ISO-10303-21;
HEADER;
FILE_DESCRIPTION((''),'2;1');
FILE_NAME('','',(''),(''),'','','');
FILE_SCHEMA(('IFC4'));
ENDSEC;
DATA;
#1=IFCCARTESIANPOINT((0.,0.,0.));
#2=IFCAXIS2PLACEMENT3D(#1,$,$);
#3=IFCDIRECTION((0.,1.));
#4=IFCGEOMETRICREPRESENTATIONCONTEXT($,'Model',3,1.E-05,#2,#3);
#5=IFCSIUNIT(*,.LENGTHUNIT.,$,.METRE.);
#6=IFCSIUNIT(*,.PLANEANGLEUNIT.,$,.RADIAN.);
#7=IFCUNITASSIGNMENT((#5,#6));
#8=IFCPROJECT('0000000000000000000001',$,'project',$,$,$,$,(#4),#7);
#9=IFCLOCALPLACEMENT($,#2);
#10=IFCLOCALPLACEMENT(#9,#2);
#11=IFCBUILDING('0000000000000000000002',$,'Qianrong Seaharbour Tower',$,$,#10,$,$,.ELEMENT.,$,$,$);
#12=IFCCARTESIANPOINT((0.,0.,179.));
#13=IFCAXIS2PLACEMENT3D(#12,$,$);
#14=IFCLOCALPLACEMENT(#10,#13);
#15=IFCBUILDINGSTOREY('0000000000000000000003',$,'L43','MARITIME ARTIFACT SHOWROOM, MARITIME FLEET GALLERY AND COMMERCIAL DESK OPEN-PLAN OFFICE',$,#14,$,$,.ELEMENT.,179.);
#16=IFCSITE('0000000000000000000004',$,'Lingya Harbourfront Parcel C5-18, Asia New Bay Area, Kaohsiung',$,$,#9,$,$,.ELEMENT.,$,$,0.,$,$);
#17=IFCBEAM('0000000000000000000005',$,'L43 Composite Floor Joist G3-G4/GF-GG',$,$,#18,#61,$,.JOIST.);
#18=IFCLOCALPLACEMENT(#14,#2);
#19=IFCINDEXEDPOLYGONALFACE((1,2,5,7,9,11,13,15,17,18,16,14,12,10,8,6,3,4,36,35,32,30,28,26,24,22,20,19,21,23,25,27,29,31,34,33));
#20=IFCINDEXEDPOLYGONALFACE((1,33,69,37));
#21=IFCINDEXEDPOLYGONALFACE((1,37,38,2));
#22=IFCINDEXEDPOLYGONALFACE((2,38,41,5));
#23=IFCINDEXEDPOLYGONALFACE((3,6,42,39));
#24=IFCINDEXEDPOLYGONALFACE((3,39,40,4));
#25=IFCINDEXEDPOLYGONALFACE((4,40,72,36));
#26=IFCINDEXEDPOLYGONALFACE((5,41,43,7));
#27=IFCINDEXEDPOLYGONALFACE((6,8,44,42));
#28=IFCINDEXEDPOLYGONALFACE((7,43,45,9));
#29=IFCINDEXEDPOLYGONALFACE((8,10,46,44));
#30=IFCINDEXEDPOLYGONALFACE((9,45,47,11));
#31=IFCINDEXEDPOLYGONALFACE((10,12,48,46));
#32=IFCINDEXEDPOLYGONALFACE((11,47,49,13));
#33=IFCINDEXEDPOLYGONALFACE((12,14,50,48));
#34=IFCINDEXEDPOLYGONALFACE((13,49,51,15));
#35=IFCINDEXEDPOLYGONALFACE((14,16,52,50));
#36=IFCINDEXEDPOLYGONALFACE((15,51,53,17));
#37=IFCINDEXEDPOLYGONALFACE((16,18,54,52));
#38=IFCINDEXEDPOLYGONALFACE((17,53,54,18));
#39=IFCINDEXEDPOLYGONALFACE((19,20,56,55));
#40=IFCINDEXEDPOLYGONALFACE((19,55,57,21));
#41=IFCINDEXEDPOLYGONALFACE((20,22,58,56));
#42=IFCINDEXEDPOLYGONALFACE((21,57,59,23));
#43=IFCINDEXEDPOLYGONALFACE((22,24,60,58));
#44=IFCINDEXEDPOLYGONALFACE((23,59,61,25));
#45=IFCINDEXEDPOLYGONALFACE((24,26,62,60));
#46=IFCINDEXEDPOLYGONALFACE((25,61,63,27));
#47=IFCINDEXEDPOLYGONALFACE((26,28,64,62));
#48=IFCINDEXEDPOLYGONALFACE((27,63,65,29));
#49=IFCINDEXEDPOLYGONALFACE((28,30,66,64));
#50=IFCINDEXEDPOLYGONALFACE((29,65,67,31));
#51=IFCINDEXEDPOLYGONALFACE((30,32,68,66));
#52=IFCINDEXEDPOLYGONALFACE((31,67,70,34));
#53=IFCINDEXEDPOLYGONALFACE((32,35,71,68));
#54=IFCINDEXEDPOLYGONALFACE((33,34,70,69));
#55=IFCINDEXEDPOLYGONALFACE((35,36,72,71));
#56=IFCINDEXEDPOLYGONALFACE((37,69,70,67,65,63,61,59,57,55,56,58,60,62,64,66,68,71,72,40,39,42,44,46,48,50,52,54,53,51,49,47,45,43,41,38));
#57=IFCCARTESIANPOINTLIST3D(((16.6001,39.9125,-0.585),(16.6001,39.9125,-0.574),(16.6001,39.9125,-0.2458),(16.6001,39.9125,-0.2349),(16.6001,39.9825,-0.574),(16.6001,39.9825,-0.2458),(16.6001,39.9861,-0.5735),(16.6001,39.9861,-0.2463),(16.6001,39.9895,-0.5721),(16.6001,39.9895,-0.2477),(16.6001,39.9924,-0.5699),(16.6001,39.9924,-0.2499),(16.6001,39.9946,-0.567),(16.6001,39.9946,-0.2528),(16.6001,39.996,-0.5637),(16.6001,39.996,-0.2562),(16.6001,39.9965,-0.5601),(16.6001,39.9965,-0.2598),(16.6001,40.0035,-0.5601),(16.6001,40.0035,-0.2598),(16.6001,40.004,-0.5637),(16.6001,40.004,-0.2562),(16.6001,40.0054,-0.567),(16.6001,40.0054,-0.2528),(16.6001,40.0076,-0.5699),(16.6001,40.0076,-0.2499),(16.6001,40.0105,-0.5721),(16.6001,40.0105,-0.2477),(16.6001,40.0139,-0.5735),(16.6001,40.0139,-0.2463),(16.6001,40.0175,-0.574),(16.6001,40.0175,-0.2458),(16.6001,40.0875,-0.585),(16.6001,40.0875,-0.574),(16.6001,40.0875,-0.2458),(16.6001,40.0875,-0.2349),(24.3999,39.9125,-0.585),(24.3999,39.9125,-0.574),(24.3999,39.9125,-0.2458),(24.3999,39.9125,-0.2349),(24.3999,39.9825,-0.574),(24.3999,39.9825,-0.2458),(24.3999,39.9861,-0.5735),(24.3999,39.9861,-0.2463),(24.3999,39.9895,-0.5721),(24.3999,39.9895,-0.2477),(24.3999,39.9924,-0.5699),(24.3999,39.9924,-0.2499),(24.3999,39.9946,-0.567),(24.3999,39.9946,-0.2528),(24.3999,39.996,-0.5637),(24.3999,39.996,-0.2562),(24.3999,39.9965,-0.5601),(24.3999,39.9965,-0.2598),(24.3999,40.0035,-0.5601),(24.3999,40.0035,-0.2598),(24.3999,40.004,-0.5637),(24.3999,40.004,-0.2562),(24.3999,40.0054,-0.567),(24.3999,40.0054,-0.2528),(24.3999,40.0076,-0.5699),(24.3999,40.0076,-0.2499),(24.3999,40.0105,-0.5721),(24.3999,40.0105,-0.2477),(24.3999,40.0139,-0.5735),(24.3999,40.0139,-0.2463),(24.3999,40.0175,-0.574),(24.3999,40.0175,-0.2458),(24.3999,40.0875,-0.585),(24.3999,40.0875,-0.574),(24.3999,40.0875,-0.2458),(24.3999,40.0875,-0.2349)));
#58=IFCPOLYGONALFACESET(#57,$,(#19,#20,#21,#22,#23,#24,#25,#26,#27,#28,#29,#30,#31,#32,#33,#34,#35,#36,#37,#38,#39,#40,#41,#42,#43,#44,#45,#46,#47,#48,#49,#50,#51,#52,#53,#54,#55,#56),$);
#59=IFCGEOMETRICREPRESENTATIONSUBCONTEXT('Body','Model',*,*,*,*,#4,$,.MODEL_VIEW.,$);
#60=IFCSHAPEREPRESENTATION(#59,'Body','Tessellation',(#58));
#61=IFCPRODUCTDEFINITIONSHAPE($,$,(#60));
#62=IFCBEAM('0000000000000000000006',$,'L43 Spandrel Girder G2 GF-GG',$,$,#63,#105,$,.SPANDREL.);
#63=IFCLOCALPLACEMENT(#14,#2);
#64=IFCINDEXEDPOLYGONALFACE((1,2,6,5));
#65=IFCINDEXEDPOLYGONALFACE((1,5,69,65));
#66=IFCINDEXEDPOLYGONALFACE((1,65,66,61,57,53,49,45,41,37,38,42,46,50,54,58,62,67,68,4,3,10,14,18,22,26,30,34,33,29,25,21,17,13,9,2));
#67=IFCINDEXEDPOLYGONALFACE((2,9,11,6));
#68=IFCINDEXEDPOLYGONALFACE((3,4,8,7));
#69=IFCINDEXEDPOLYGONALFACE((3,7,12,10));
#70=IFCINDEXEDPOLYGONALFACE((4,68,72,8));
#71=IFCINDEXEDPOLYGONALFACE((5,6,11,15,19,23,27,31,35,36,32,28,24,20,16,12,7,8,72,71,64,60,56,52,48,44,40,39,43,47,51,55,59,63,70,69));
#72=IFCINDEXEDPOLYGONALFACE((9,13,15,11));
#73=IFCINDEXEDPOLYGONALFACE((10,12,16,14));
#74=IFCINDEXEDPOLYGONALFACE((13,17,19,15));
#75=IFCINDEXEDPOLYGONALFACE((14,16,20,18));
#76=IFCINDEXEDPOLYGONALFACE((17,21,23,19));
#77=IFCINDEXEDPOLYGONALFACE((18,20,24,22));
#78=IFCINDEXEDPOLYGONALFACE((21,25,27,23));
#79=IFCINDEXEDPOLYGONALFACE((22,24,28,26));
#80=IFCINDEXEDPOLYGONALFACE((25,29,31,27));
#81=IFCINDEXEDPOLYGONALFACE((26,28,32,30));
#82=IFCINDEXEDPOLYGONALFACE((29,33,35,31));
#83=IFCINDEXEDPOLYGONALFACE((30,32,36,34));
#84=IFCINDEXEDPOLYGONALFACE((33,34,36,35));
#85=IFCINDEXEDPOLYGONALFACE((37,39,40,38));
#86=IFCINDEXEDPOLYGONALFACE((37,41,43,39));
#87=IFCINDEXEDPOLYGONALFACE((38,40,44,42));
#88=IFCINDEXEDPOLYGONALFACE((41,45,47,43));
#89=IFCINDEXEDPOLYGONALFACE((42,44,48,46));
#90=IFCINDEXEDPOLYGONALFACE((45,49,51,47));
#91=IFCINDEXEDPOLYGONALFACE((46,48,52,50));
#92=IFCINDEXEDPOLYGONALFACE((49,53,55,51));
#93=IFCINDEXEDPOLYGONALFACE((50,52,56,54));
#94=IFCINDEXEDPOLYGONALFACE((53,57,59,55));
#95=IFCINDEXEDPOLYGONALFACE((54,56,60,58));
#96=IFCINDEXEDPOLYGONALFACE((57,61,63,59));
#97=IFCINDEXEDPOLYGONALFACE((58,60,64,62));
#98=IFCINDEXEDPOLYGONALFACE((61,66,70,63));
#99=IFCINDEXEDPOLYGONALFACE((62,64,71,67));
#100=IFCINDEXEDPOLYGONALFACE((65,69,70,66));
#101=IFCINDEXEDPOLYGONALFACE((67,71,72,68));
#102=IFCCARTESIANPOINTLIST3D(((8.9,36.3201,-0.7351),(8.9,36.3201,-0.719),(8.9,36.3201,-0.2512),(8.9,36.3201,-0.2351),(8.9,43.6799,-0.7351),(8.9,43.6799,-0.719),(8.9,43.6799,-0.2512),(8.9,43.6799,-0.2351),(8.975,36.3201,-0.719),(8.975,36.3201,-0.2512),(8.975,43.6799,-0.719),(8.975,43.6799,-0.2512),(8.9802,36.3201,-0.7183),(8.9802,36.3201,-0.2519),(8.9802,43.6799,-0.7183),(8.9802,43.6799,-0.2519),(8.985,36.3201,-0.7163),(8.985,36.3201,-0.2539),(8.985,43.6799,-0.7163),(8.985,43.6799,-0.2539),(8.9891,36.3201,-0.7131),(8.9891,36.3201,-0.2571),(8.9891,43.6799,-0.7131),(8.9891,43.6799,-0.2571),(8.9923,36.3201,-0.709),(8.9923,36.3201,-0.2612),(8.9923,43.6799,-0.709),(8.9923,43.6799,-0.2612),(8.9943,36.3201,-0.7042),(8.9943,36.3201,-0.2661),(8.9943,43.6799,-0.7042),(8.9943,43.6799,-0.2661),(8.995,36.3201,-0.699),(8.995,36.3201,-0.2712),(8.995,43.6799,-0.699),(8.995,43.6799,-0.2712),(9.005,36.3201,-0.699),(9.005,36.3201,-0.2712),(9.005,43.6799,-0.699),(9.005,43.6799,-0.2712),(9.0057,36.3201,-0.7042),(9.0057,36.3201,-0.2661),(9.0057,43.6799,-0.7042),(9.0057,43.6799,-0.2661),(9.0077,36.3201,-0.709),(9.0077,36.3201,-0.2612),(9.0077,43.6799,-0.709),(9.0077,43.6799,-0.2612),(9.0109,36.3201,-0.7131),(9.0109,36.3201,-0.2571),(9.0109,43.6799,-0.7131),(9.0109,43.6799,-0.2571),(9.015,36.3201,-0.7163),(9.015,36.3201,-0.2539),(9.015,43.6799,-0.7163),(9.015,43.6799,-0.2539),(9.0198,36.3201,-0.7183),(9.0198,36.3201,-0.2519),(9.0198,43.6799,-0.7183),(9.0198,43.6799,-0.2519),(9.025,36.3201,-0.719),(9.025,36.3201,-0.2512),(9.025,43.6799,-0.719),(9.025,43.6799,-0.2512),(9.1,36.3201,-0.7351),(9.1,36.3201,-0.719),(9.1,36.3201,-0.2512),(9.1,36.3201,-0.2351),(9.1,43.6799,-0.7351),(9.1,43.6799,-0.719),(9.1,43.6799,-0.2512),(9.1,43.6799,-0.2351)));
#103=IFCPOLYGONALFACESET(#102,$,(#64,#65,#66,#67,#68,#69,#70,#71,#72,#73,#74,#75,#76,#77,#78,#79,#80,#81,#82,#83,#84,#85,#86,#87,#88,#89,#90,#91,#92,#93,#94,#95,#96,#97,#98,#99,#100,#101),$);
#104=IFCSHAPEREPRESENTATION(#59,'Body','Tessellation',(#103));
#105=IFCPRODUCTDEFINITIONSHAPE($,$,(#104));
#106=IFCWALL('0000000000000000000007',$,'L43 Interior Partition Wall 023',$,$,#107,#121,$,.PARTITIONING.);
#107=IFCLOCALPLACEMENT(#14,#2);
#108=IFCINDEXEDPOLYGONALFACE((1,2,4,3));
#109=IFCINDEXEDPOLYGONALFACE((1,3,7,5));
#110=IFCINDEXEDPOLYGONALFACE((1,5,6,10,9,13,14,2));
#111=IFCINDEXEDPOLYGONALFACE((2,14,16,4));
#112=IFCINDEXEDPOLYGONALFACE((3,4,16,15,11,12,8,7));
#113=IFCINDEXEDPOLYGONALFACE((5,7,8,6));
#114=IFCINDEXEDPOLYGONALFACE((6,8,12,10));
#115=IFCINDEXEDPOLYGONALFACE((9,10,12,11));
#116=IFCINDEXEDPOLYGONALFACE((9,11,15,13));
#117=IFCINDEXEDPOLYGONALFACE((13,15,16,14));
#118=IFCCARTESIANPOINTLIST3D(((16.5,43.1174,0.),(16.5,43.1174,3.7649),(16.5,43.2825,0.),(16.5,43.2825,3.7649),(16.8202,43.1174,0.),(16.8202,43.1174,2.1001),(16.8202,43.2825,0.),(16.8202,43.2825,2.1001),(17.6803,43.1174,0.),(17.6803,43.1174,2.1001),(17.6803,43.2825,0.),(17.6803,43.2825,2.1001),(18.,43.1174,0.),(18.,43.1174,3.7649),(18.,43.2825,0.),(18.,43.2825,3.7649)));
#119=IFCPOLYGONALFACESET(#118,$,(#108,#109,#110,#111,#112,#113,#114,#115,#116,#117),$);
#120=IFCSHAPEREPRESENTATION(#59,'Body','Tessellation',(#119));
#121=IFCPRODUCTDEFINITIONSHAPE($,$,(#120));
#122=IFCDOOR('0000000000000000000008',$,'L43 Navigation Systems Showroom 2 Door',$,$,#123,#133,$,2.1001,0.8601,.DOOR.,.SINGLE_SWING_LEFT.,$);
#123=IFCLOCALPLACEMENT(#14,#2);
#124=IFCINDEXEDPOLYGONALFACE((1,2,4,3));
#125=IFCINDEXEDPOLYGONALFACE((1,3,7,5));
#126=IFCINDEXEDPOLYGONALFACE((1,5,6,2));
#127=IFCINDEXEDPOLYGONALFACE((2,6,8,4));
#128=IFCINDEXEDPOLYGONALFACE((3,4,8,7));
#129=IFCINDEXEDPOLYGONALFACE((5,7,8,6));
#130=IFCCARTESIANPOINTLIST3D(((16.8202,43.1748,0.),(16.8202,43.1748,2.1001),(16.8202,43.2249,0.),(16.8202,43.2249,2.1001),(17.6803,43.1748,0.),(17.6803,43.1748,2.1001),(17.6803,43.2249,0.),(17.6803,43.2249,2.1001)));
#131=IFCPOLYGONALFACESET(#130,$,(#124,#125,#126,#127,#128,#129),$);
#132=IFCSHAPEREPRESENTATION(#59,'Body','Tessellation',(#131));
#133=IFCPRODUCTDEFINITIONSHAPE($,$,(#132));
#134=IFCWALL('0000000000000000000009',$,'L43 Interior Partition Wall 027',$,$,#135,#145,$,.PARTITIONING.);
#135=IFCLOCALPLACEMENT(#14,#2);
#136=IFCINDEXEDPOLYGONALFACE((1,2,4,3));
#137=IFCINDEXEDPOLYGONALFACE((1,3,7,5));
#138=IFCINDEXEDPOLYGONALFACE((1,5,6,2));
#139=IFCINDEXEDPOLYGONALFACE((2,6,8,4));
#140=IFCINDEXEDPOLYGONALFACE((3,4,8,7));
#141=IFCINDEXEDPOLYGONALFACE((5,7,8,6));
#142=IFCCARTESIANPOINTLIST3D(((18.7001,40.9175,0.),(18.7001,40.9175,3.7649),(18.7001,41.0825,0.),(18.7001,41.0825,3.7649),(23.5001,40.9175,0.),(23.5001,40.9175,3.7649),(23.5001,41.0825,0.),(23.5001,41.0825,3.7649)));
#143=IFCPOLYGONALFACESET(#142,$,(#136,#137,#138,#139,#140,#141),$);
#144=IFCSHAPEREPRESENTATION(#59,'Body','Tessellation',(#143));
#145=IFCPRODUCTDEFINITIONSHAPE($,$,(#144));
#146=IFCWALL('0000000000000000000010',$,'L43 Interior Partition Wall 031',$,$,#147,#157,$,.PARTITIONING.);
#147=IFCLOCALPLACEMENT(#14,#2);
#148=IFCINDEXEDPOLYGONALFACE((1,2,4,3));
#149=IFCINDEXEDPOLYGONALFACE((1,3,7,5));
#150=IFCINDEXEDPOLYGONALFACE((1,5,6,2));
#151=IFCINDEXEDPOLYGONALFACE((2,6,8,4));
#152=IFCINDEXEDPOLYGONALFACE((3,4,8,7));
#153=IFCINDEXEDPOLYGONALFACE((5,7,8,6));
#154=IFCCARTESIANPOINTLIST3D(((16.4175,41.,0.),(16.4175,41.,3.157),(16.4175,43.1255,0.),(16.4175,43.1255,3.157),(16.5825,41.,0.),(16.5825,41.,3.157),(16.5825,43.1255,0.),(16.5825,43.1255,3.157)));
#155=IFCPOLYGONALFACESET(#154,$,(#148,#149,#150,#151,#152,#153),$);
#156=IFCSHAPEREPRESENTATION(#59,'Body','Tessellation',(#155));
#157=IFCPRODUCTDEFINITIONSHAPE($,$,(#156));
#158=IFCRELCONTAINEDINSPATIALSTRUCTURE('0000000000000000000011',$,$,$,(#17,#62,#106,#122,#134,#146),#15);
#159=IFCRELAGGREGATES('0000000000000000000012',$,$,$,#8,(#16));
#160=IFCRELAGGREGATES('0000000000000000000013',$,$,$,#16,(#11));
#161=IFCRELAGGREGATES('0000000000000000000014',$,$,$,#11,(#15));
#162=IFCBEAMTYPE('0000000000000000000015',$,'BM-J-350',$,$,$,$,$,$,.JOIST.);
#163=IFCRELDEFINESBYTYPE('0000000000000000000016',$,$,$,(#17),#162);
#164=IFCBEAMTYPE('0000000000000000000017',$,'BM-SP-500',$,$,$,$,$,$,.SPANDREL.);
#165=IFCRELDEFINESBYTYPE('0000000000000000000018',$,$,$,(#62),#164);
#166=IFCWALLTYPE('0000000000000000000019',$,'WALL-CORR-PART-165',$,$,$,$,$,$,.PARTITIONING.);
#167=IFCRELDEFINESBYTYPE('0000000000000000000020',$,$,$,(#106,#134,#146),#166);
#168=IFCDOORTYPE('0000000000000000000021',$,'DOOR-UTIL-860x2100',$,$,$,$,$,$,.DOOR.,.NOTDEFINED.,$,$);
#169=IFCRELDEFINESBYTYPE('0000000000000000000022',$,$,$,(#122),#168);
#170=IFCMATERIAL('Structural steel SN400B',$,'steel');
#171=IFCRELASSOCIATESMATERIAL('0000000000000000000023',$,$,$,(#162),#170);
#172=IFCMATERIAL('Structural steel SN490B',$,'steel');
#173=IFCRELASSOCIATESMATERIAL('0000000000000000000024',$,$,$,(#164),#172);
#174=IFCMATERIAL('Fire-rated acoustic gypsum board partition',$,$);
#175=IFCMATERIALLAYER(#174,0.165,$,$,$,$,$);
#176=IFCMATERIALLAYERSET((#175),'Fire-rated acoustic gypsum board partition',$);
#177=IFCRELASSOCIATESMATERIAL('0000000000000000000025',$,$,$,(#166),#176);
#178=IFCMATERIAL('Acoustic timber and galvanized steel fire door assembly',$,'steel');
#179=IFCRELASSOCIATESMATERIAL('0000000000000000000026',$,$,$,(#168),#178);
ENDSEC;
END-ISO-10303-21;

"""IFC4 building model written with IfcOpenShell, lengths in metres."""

from ifc_helpers import new_model, si_unit, direction, frame, frame_2d, origin, origin_2d, place, context, subcontext, project, spatial, rectangle, i_section, extrude, material, layer, layer_set, material_profile, profile_set, type_object, element, fill, save


model = new_model("IFC4")

# Units and contexts
model_context = context("Model", 3, precision=1e-05, world=origin(), true_north=direction((0.0, 1.0)))
body_context = subcontext(model_context, "Body", "Model", "MODEL_VIEW")
ifc_project = project(units=[si_unit("LENGTHUNIT", "METRE"), si_unit("PLANEANGLEUNIT", "RADIAN")], contexts=[model_context])

# Site, building, storey
site_placement = place(None, origin())
site = spatial("IfcSite", under=ifc_project, at=site_placement, Name="Lingya Harbourfront Parcel C5-18, Asia New Bay Area, Kaohsiung", CompositionType="ELEMENT", RefElevation=0.0)
building_placement = place(site_placement, origin())
building = spatial("IfcBuilding", under=site, at=building_placement, Name="Qianrong Seaharbour Tower", CompositionType="ELEMENT")
storey_placement = place(building_placement, frame((0.0, 0.0, 179.0)))
storey = spatial("IfcBuildingStorey", under=building, at=storey_placement, Name="L43", Description="MARITIME ARTIFACT SHOWROOM, MARITIME FLEET GALLERY AND COMMERCIAL DESK OPEN-PLAN OFFICE", CompositionType="ELEMENT", Elevation=179.0)

# Shared definitions
ifc_material_1 = material(Name="Structural steel SN490B", Category="steel")

# Beams
ifc_material_2 = material(Name="Structural steel SN400B", Category="steel")
ifc_material_profile_1 = material_profile(ifc_material_2, i_section(OverallWidth=0.175, OverallDepth=0.3501, WebThickness=0.0071, FlangeThickness=0.011, FilletRadius=0.0139, at=origin_2d()), Name="H350x175x7x11")
ifc_profile_set_1 = profile_set([ifc_material_profile_1], Name="Structural steel SN400B")
beam_type_1 = type_object("IfcBeamType", Name="BM-J-350", PredefinedType="JOIST", material=ifc_profile_set_1)
beam_1_placement = place(storey_placement, frame((16.6001, 40.0, -0.4099), z_axis=(1.0, 0.0, 0.0), x_axis=(0.0, 1.0, 0.0)))
element("IfcBeam", 1, at=beam_1_placement, inside=storey, type_object=beam_type_1, Name="L43 Composite Floor Joist G3-G4/GF-GG", PredefinedType="JOIST", context=body_context, shape_type="SweptSolid", body=[
    extrude(i_section(OverallWidth=0.175, OverallDepth=0.3501, WebThickness=0.0071, FlangeThickness=0.011, FilletRadius=0.0139, at=origin_2d()), origin(), (0.0, 0.0, 1.0), 7.7998),
])
ifc_material_profile_2 = material_profile(ifc_material_1, i_section(OverallWidth=0.2, OverallDepth=0.5, WebThickness=0.01, FlangeThickness=0.0161, FilletRadius=0.02, at=origin_2d()), Name="H500x200x10x16")
ifc_profile_set_2 = profile_set([ifc_material_profile_2], Name="Structural steel SN490B")
beam_type_2 = type_object("IfcBeamType", Name="BM-SP-500", PredefinedType="SPANDREL", material=ifc_profile_set_2)
beam_2_placement = place(storey_placement, frame((9.0, 36.3201, -0.4851), z_axis=(0.0, 1.0, 0.0), x_axis=(-1.0, 0.0, 0.0)))
element("IfcBeam", 2, at=beam_2_placement, inside=storey, type_object=beam_type_2, Name="L43 Spandrel Girder G2 GF-GG", PredefinedType="SPANDREL", context=body_context, shape_type="SweptSolid", body=[
    extrude(i_section(OverallWidth=0.2, OverallDepth=0.5, WebThickness=0.01, FlangeThickness=0.0161, FilletRadius=0.02, at=origin_2d()), origin(), (0.0, 0.0, 1.0), 7.3599),
])

# Wall, opening, door
ifc_material_3 = material(Name="Fire-rated acoustic gypsum board partition")
ifc_layer_1 = layer(ifc_material_3, 0.165)
ifc_layer_set_1 = layer_set([ifc_layer_1], Name="Fire-rated acoustic gypsum board partition")
wall_type_1 = type_object("IfcWallType", Name="WALL-CORR-PART-165", PredefinedType="PARTITIONING", material=ifc_layer_set_1)
wall_1_placement = place(storey_placement, frame((16.5, 43.2, 0.0), z_axis=(0.0, 0.0, 1.0), x_axis=(1.0, 0.0, 0.0)))
wall_1 = element("IfcWall", 3, at=wall_1_placement, inside=storey, type_object=wall_type_1, Name="L43 Interior Partition Wall 023", PredefinedType="PARTITIONING", context=body_context, shape_type="SweptSolid", body=[
    extrude(rectangle(XDim=1.5, YDim=0.165, at=frame_2d((0.75, 0.0))), origin(), (0.0, 0.0, 1.0), 3.7649),
])
opening_1_placement = place(wall_1_placement, frame((0.3201, 0.0, 0.0)))
opening_1 = element("IfcOpeningElement", 4, at=opening_1_placement, cuts=wall_1, PredefinedType="OPENING", context=body_context, shape_type="SweptSolid", body=[
    extrude(rectangle(XDim=0.8601, YDim=2.1001, at=frame_2d((0.4302, 1.05))), frame((0.0, 0.0925, 0.0), z_axis=(0.0, -1.0, 0.0), x_axis=(1.0, 0.0, 0.0)), (0.0, 0.0, 1.0), 0.1851),
])
ifc_material_4 = material(Name="Acoustic timber and galvanized steel fire door assembly", Category="steel")
door_type_1 = type_object("IfcDoorType", Name="DOOR-UTIL-860x2100", OperationType="NOTDEFINED", PredefinedType="DOOR", material=ifc_material_4)
door_1_placement = place(opening_1_placement, origin())
door_1 = element("IfcDoor", 5, at=door_1_placement, inside=storey, type_object=door_type_1, Name="L43 Navigation Systems Showroom 2 Door", OperationType="SINGLE_SWING_LEFT", OverallHeight=2.1001, OverallWidth=0.8601, PredefinedType="DOOR", context=body_context, shape_type="SweptSolid", body=[
    extrude(rectangle(XDim=0.8601, YDim=2.1001, at=frame_2d((0.4302, 1.05))), frame((0.0, 0.0249, 0.0), z_axis=(0.0, -1.0, 0.0), x_axis=(1.0, 0.0, 0.0)), (0.0, 0.0, 1.0), 0.05),
])
fill(opening_1, door_1)

# Walls
wall_2_placement = place(storey_placement, frame((23.5, 41.0, 0.0), z_axis=(0.0, 0.0, 1.0), x_axis=(-1.0, 0.0, 0.0)))
element("IfcWall", 6, at=wall_2_placement, inside=storey, type_object=wall_type_1, Name="L43 Interior Partition Wall 027", PredefinedType="PARTITIONING", context=body_context, shape_type="SweptSolid", body=[
    extrude(rectangle(XDim=4.8, YDim=0.165, at=frame_2d((2.3999, 0.0))), origin(), (0.0, 0.0, 1.0), 3.7649),
])
wall_3_placement = place(storey_placement, frame((16.5, 41.0, 0.0), z_axis=(0.0, 0.0, 1.0), x_axis=(0.0, 1.0, 0.0)))
element("IfcWall", 7, at=wall_3_placement, inside=storey, type_object=wall_type_1, Name="L43 Interior Partition Wall 031", PredefinedType="PARTITIONING", context=body_context, shape_type="SweptSolid", body=[
    extrude(rectangle(XDim=2.1255, YDim=0.165, at=frame_2d((1.0627, 0.0))), origin(), (0.0, 0.0, 1.0), 3.157),
])

save(model, "model.ifc")
